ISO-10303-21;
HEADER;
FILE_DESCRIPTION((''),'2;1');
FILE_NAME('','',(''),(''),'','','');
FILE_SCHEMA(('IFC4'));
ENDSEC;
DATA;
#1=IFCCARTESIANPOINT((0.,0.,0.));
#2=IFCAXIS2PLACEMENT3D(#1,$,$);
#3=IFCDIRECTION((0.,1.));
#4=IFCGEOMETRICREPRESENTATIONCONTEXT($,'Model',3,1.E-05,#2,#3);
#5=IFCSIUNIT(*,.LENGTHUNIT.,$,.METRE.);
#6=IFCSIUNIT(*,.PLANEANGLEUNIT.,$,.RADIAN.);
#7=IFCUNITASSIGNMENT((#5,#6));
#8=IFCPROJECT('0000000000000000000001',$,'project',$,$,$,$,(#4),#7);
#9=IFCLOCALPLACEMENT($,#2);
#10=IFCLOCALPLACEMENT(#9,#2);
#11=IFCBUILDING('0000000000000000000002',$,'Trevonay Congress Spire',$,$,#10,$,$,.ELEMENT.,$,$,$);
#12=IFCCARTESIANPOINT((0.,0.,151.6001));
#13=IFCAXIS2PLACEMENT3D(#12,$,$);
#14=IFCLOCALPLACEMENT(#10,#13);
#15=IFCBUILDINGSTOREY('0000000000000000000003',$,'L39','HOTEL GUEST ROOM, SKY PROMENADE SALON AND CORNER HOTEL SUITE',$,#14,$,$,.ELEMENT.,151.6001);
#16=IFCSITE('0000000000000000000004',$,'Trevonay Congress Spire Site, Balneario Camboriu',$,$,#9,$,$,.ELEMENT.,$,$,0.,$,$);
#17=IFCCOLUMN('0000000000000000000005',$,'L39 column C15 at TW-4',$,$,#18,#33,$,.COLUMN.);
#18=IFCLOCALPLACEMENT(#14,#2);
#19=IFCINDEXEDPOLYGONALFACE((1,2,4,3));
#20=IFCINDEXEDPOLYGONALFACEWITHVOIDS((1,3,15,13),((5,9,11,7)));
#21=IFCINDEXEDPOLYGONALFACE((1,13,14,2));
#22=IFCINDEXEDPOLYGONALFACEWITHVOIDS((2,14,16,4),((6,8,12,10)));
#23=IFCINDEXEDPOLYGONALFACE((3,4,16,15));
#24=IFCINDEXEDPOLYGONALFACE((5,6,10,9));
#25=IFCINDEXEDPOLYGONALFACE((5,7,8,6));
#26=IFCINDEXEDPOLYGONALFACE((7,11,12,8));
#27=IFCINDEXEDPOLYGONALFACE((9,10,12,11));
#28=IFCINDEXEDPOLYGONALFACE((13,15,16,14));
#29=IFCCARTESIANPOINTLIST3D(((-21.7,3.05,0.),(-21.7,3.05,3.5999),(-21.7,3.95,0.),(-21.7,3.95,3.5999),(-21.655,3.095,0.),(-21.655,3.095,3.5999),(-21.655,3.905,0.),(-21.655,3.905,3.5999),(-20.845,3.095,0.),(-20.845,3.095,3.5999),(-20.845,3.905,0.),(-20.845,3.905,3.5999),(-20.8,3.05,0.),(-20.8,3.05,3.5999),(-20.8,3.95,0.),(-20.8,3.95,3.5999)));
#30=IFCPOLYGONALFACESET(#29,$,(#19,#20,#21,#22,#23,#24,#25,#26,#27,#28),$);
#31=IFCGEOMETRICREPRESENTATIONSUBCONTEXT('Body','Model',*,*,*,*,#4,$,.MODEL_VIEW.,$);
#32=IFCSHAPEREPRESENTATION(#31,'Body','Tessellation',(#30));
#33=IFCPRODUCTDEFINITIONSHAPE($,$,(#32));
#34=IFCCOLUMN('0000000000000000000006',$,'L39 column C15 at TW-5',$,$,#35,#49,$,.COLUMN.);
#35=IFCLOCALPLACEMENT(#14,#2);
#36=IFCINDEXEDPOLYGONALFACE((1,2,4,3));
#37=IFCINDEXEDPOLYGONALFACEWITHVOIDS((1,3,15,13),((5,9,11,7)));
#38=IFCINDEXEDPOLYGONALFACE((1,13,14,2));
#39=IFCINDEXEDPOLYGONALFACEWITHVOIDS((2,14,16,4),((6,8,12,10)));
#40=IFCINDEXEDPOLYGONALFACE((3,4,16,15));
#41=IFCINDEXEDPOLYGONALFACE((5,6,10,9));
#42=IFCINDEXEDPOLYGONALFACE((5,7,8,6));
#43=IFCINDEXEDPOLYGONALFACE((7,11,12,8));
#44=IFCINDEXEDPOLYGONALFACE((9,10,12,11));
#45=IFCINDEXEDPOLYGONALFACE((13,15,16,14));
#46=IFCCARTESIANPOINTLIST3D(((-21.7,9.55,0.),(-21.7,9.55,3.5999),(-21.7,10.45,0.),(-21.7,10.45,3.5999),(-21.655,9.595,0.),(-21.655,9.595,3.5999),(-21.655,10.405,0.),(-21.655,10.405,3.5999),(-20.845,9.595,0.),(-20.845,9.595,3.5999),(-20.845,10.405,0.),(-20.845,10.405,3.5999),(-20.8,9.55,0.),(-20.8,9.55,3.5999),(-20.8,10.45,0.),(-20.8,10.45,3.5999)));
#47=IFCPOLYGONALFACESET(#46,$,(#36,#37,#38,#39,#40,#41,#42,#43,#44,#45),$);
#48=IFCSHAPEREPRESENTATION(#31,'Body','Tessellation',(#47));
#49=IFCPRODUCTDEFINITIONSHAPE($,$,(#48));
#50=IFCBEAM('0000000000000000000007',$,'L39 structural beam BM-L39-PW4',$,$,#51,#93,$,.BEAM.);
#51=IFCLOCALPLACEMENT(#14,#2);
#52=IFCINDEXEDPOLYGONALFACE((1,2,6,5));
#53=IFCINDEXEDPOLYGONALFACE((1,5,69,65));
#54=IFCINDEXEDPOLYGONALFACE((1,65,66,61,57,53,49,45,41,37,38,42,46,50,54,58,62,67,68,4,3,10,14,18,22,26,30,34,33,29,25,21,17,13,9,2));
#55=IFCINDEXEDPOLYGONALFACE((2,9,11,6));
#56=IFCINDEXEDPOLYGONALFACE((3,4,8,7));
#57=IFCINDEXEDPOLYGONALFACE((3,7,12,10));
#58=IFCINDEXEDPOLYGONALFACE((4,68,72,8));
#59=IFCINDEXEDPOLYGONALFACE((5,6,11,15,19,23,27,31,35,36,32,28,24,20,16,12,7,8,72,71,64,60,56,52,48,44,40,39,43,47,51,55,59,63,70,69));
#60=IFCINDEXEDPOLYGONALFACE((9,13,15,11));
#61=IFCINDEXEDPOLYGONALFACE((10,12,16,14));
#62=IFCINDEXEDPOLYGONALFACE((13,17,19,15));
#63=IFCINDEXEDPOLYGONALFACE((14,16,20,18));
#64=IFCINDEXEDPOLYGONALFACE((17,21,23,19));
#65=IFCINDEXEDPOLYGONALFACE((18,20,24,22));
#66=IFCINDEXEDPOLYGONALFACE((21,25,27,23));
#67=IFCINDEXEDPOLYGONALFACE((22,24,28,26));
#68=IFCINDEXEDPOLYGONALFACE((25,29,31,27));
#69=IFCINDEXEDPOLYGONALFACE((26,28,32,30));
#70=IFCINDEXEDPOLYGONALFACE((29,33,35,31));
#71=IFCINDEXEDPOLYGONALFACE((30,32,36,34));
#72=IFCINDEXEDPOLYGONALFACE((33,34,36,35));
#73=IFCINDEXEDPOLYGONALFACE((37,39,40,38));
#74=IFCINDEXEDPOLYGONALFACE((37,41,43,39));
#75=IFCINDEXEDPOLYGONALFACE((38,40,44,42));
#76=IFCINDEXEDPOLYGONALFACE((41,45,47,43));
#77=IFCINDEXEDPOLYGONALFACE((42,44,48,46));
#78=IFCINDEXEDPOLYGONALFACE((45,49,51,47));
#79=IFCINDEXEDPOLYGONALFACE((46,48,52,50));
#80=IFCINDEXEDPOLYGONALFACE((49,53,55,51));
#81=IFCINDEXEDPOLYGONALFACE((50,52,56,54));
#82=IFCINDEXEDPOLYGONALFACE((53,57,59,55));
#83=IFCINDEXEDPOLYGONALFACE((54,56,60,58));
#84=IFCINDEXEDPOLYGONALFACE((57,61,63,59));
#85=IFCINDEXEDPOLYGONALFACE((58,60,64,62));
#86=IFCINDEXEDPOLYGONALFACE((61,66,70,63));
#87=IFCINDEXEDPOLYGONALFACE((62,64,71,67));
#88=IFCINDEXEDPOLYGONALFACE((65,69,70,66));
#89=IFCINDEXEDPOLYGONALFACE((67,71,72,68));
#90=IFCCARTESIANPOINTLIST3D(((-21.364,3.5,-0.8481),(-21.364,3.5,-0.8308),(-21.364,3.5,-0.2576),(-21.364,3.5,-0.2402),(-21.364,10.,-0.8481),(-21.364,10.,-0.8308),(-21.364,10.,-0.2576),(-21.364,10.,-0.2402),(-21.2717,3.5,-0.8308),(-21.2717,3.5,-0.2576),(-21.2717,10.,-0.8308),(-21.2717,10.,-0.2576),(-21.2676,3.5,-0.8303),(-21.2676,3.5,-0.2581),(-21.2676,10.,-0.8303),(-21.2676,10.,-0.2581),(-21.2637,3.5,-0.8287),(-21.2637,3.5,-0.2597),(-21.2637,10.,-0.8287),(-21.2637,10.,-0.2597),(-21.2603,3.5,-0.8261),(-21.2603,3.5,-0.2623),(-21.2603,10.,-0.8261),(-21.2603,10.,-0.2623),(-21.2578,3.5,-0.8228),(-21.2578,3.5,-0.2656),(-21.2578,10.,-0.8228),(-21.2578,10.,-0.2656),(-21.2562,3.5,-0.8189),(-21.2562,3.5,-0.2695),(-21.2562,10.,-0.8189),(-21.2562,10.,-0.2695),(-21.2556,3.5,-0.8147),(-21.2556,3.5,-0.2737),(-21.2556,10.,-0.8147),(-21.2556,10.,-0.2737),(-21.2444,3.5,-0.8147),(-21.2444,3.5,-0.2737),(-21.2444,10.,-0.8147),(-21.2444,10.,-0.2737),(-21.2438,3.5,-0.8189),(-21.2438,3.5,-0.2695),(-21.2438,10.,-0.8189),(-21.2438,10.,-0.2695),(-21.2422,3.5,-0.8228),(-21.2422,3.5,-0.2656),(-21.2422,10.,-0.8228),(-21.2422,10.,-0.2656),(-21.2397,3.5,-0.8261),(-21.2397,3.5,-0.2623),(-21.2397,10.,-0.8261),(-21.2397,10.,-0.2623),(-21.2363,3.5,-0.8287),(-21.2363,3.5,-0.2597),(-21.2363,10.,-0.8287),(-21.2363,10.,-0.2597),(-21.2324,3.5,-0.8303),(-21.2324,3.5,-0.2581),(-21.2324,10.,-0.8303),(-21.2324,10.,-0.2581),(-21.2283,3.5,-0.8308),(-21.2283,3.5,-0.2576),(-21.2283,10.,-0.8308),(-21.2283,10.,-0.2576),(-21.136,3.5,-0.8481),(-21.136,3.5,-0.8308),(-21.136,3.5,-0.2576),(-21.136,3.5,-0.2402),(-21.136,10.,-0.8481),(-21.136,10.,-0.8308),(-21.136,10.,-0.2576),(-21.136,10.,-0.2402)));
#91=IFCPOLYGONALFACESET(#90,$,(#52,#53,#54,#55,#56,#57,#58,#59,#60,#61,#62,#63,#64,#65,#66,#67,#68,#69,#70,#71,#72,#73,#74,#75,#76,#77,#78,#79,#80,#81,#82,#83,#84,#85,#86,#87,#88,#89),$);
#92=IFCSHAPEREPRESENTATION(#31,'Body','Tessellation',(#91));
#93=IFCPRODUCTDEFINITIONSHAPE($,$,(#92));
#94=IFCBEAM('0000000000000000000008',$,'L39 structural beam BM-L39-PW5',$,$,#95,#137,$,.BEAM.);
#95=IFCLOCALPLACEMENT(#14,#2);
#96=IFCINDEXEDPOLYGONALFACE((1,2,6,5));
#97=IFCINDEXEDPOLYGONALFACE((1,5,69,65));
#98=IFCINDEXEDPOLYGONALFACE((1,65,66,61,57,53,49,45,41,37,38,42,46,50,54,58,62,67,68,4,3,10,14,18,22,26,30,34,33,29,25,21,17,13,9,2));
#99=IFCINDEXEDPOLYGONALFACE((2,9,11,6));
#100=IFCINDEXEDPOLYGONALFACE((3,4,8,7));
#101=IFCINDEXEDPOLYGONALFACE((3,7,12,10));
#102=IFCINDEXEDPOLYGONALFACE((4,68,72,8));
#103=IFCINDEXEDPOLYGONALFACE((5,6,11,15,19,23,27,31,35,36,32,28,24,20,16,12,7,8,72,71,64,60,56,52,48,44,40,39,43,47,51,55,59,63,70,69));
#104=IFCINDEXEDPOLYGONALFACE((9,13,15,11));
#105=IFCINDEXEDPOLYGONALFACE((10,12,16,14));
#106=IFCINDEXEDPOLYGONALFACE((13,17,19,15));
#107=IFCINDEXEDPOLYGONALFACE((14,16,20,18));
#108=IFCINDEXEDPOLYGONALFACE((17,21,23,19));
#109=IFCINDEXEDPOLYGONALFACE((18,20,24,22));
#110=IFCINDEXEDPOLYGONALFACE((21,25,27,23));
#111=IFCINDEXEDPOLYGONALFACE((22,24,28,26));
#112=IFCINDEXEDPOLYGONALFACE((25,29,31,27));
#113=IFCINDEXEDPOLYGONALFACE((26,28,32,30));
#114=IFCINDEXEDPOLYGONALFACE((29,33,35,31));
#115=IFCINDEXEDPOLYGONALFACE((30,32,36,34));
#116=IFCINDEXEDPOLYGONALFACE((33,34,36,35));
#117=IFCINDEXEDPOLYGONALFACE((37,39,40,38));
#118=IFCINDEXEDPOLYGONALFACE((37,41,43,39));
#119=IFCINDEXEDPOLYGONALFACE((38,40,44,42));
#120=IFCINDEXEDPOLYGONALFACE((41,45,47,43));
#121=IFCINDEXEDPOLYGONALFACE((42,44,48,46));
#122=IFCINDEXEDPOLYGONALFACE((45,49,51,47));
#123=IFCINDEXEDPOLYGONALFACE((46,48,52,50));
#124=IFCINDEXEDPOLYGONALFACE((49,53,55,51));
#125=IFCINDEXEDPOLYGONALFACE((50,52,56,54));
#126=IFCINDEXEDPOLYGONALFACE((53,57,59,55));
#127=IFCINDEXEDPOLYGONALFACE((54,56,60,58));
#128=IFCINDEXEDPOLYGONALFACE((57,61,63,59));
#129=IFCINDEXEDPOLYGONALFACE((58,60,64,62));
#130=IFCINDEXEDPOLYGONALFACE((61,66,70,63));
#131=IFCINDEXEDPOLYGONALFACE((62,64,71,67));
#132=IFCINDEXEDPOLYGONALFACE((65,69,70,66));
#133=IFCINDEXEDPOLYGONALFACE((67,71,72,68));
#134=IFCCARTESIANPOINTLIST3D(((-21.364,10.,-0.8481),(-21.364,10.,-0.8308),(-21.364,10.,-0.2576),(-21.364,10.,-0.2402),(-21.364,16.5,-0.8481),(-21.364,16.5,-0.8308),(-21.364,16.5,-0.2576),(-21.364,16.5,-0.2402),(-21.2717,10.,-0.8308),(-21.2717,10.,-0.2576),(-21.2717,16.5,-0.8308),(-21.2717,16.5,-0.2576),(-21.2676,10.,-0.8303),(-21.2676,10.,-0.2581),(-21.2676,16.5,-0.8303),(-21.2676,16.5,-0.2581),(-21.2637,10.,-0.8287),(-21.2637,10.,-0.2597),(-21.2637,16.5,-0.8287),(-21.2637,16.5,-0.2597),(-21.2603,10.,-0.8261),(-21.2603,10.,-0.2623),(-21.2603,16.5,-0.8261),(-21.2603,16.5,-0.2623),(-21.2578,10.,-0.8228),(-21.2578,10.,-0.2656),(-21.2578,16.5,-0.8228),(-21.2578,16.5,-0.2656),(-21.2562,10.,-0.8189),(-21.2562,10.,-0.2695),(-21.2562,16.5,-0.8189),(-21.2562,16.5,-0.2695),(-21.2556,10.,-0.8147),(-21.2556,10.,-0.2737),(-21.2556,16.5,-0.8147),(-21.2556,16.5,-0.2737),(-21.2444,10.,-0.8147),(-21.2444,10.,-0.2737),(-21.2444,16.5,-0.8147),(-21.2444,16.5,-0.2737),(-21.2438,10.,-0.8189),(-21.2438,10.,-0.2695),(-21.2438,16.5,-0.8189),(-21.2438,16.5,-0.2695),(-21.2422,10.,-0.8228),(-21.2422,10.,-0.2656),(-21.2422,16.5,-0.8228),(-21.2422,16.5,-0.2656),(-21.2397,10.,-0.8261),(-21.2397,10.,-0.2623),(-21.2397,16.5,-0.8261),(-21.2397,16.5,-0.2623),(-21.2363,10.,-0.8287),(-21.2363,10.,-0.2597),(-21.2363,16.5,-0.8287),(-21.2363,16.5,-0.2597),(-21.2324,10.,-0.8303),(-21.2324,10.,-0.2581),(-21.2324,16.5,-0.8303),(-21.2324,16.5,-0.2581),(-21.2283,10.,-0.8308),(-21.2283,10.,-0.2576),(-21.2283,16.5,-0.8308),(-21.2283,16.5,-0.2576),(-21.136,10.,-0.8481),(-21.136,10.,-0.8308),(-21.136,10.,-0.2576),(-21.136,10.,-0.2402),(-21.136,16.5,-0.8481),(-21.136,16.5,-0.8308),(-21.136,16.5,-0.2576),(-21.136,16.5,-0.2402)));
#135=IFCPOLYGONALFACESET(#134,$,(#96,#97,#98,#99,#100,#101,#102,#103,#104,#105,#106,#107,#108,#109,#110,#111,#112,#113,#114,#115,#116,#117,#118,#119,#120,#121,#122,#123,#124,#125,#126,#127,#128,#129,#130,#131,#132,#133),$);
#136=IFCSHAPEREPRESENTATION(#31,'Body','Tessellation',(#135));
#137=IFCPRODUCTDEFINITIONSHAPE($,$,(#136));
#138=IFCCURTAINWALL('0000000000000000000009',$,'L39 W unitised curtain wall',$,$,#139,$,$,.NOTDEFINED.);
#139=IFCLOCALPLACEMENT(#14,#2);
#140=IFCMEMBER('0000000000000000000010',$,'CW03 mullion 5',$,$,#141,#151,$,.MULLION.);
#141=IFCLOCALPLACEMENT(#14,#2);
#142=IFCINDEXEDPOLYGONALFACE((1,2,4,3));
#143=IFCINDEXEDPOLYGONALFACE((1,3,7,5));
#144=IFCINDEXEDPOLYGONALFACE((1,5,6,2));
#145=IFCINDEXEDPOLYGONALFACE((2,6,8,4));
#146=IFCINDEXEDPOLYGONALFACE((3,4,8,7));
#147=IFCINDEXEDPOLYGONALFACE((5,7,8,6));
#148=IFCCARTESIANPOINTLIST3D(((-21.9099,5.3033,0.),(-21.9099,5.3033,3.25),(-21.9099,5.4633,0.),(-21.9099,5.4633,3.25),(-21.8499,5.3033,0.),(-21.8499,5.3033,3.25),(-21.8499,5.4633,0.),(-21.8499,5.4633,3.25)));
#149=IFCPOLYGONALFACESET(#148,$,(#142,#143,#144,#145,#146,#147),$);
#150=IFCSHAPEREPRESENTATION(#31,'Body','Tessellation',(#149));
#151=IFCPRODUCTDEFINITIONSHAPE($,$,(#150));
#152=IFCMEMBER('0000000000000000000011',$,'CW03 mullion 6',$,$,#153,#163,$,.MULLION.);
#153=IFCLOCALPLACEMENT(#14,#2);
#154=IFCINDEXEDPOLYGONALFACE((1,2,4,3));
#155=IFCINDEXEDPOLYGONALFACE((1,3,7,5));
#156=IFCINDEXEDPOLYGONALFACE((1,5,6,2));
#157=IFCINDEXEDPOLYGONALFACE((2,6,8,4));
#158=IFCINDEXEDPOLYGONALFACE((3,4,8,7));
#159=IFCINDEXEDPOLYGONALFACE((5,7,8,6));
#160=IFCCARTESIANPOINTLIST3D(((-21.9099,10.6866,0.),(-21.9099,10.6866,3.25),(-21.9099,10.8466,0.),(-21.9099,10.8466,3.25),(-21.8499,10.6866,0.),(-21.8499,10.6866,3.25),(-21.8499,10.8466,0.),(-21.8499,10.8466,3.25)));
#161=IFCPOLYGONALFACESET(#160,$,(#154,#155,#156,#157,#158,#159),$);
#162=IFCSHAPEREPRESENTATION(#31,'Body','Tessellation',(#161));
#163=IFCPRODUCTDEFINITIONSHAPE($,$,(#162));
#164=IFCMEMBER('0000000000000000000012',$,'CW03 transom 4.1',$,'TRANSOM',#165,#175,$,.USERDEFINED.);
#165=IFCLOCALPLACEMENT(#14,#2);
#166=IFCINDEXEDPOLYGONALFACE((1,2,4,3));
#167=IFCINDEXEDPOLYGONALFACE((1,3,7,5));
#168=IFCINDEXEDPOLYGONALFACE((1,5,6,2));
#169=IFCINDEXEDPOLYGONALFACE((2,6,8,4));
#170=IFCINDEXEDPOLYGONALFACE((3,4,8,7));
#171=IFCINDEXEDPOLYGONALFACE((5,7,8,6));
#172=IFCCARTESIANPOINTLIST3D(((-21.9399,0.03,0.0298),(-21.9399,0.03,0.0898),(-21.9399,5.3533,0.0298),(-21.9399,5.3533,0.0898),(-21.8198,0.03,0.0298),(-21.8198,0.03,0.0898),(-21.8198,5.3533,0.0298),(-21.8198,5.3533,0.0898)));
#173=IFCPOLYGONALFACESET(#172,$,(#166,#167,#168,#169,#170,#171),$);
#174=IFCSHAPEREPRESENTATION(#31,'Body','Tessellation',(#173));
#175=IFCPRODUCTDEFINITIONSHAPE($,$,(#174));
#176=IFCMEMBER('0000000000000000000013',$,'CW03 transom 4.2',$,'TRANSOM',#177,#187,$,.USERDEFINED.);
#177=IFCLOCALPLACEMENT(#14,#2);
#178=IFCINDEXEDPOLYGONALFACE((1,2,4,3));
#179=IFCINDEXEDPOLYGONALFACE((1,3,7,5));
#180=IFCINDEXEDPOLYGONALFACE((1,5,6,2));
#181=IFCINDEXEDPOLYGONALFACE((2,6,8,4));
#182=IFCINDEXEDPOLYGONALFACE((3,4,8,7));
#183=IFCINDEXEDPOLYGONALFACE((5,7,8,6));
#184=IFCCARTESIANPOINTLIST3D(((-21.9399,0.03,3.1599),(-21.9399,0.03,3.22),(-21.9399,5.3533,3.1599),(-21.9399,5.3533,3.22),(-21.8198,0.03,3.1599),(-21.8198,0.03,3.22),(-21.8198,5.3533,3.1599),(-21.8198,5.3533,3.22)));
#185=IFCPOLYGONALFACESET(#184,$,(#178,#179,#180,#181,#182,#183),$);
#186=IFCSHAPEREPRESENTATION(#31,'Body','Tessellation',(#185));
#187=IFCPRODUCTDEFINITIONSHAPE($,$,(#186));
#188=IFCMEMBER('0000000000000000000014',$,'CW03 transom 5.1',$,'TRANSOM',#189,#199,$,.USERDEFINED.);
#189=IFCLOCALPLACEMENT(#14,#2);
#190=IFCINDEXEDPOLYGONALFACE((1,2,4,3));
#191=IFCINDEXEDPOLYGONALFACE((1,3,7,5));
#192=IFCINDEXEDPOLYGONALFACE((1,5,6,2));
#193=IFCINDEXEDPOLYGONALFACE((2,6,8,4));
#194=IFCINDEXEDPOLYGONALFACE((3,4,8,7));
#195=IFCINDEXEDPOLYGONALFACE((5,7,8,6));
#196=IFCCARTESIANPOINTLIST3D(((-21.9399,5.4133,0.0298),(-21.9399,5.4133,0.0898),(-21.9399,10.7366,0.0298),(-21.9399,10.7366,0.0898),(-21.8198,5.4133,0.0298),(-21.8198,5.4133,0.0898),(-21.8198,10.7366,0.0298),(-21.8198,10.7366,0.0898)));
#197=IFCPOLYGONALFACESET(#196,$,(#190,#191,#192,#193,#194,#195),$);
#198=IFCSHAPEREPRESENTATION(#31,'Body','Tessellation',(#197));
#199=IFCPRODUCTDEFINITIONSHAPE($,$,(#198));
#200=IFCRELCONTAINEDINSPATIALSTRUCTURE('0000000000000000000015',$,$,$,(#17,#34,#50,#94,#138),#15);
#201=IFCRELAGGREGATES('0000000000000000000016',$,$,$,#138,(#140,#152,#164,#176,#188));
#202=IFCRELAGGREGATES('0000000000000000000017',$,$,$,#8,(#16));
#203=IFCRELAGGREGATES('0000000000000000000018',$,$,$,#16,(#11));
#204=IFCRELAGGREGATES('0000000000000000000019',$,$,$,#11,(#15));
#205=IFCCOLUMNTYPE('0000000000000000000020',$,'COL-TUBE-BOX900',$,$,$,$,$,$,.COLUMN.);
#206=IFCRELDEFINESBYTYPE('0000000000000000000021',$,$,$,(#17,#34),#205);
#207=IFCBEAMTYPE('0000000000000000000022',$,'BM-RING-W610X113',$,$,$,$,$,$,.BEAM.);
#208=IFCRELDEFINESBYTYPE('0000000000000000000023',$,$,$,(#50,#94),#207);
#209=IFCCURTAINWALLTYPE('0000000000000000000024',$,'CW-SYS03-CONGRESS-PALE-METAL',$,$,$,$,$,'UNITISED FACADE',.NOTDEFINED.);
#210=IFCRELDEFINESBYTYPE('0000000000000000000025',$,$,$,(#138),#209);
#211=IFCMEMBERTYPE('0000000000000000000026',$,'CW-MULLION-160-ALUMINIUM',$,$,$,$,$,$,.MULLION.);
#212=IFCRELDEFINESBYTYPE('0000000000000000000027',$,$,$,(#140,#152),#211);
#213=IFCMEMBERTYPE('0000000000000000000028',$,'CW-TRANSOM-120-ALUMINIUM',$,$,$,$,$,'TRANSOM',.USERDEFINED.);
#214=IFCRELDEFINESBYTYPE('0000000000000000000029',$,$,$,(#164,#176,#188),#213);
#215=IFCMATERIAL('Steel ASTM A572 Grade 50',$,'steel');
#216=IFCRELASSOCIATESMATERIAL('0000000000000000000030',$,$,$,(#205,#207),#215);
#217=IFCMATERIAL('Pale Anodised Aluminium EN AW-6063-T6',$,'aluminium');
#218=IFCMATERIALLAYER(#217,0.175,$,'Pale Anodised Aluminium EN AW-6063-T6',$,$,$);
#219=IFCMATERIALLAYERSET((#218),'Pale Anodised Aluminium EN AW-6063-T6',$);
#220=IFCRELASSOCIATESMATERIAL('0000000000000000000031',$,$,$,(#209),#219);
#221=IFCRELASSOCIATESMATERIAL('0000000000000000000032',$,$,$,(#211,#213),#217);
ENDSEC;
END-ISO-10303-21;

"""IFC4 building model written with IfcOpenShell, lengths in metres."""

from ifc_helpers import new_model, si_unit, direction, frame, origin, origin_2d, place, context, subcontext, project, spatial, rectangle, hollow_rectangle, i_section, extrude, material, layer, layer_set, material_profile, profile_set, type_object, element, aggregate, save


model = new_model("IFC4")

# Units and contexts
model_context = context("Model", 3, precision=1e-05, world=origin(), true_north=direction((0.0, 1.0)))
body_context = subcontext(model_context, "Body", "Model", "MODEL_VIEW")
ifc_project = project(units=[si_unit("LENGTHUNIT", "METRE"), si_unit("PLANEANGLEUNIT", "RADIAN")], contexts=[model_context])

# Site, building, storey
site_placement = place(None, origin())
site = spatial("IfcSite", under=ifc_project, at=site_placement, Name="Trevonay Congress Spire Site, Balneario Camboriu", CompositionType="ELEMENT", RefElevation=0.0)
building_placement = place(site_placement, origin())
building = spatial("IfcBuilding", under=site, at=building_placement, Name="Trevonay Congress Spire", CompositionType="ELEMENT")
storey_placement = place(building_placement, frame((0.0, 0.0, 151.6001)))
storey = spatial("IfcBuildingStorey", under=building, at=storey_placement, Name="L39", Description="HOTEL GUEST ROOM, SKY PROMENADE SALON AND CORNER HOTEL SUITE", CompositionType="ELEMENT", Elevation=151.6001)

# Columns
ifc_material_1 = material(Name="Steel ASTM A572 Grade 50", Category="steel")
ifc_material_profile_1 = material_profile(ifc_material_1, hollow_rectangle(XDim=0.8999, YDim=0.8999, WallThickness=0.0449, at=origin_2d()), Name="BOX 900x900x45")
ifc_profile_set_1 = profile_set([ifc_material_profile_1], Name="Steel ASTM A572 Grade 50")
column_type = type_object("IfcColumnType", Name="COL-TUBE-BOX900", PredefinedType="COLUMN", material=ifc_profile_set_1)
for number, where, z_axis, x_axis, name in (
    (1, (-21.25, 3.5, 0.0), (0.0, 0.0, 1.0), (1.0, 0.0, 0.0), "L39 column C15 at TW-4"),
    (2, (-21.25, 10.0, 0.0), (0.0, 0.0, 1.0), (1.0, 0.0, 0.0), "L39 column C15 at TW-5"),
):
    element("IfcColumn", number, at=place(storey_placement, frame(where, z_axis=z_axis, x_axis=x_axis)), inside=storey, type_object=column_type, Name=name, PredefinedType="COLUMN", context=body_context, shape_type="SweptSolid", body=[
        extrude(hollow_rectangle(XDim=0.8999, YDim=0.8999, WallThickness=0.0449, at=origin_2d()), origin(), (0.0, 0.0, 1.0), 3.5999),
    ])

# Beams
ifc_material_profile_2 = material_profile(ifc_material_1, i_section(OverallWidth=0.228, OverallDepth=0.6079, WebThickness=0.0112, FlangeThickness=0.0173, FilletRadius=0.0161, at=origin_2d()), Name="W610x113")
ifc_profile_set_2 = profile_set([ifc_material_profile_2], Name="Steel ASTM A572 Grade 50")
beam_type = type_object("IfcBeamType", Name="BM-RING-W610X113", PredefinedType="BEAM", material=ifc_profile_set_2)
for number, where, z_axis, x_axis, name in (
    (3, (-21.25, 3.5, -0.5442), (0.0, 1.0, 0.0), (-1.0, 0.0, 0.0), "L39 structural beam BM-L39-PW4"),
    (4, (-21.25, 10.0, -0.5442), (0.0, 1.0, 0.0), (-1.0, 0.0, 0.0), "L39 structural beam BM-L39-PW5"),
):
    element("IfcBeam", number, at=place(storey_placement, frame(where, z_axis=z_axis, x_axis=x_axis)), inside=storey, type_object=beam_type, Name=name, PredefinedType="BEAM", context=body_context, shape_type="SweptSolid", body=[
        extrude(i_section(OverallWidth=0.228, OverallDepth=0.6079, WebThickness=0.0112, FlangeThickness=0.0173, FilletRadius=0.0161, at=origin_2d()), origin(), (0.0, 0.0, 1.0), 6.5),
    ])

# Curtain wall, members
ifc_material_2 = material(Name="Pale Anodised Aluminium EN AW-6063-T6", Category="aluminium")
ifc_layer_1 = layer(ifc_material_2, 0.175, Name="Pale Anodised Aluminium EN AW-6063-T6")
ifc_layer_set_1 = layer_set([ifc_layer_1], Name="Pale Anodised Aluminium EN AW-6063-T6")
curtain_wall_type = type_object("IfcCurtainWallType", Name="CW-SYS03-CONGRESS-PALE-METAL", ElementType="UNITISED FACADE", PredefinedType="NOTDEFINED", material=ifc_layer_set_1)
curtain_wall_placement = place(storey_placement, origin())
curtain_wall = element("IfcCurtainWall", 5, at=curtain_wall_placement, inside=storey, type_object=curtain_wall_type, Name="L39 W unitised curtain wall", PredefinedType="NOTDEFINED")
ifc_material_profile_3 = material_profile(ifc_material_2, rectangle(XDim=0.0601, YDim=0.1599, at=origin_2d()), Name="CW-MULLION-160-ALUMINIUM")
ifc_profile_set_3 = profile_set([ifc_material_profile_3], Name="Pale Anodised Aluminium EN AW-6063-T6")
member_type_1 = type_object("IfcMemberType", Name="CW-MULLION-160-ALUMINIUM", PredefinedType="MULLION", material=ifc_profile_set_3)
member_1_placement = place(storey_placement, frame((-21.8799, 5.3833, 0.0), z_axis=(0.0, 0.0, 1.0), x_axis=(-1.0, 0.0, 0.0)))
member_1 = element("IfcMember", 6, at=member_1_placement, type_object=member_type_1, Name="CW03 mullion 5", PredefinedType="MULLION", context=body_context, shape_type="SweptSolid", body=[
    extrude(rectangle(XDim=0.0601, YDim=0.1599, at=origin_2d()), origin(), (0.0, 0.0, 1.0), 3.25),
])
member_2_placement = place(storey_placement, frame((-21.8799, 10.7666, 0.0), z_axis=(0.0, 0.0, 1.0), x_axis=(-1.0, 0.0, 0.0)))
member_2 = element("IfcMember", 7, at=member_2_placement, type_object=member_type_1, Name="CW03 mullion 6", PredefinedType="MULLION", context=body_context, shape_type="SweptSolid", body=[
    extrude(rectangle(XDim=0.0601, YDim=0.1599, at=origin_2d()), origin(), (0.0, 0.0, 1.0), 3.25),
])
ifc_material_profile_4 = material_profile(ifc_material_2, rectangle(XDim=0.1201, YDim=0.0601, at=origin_2d()), Name="CW-TRANSOM-120-ALUMINIUM")
ifc_profile_set_4 = profile_set([ifc_material_profile_4], Name="Pale Anodised Aluminium EN AW-6063-T6")
member_type_2 = type_object("IfcMemberType", Name="CW-TRANSOM-120-ALUMINIUM", ElementType="TRANSOM", PredefinedType="USERDEFINED", material=ifc_profile_set_4)
member_3_placement = place(storey_placement, frame((-21.8799, 0.03, 0.0598), z_axis=(0.0, 1.0, 0.0), x_axis=(-1.0, 0.0, 0.0)))
member_3 = element("IfcMember", 8, at=member_3_placement, type_object=member_type_2, Name="CW03 transom 4.1", ObjectType="TRANSOM", PredefinedType="USERDEFINED", context=body_context, shape_type="SweptSolid", body=[
    extrude(rectangle(XDim=0.1201, YDim=0.0601, at=origin_2d()), origin(), (0.0, 0.0, 1.0), 5.3232),
])
member_4_placement = place(storey_placement, frame((-21.8799, 0.03, 3.1899), z_axis=(0.0, 1.0, 0.0), x_axis=(-1.0, 0.0, 0.0)))
member_4 = element("IfcMember", 9, at=member_4_placement, type_object=member_type_2, Name="CW03 transom 4.2", ObjectType="TRANSOM", PredefinedType="USERDEFINED", context=body_context, shape_type="SweptSolid", body=[
    extrude(rectangle(XDim=0.1201, YDim=0.0601, at=origin_2d()), origin(), (0.0, 0.0, 1.0), 5.3232),
])
member_5_placement = place(storey_placement, frame((-21.8799, 5.4133, 0.0598), z_axis=(0.0, 1.0, 0.0), x_axis=(-1.0, 0.0, 0.0)))
member_5 = element("IfcMember", 10, at=member_5_placement, type_object=member_type_2, Name="CW03 transom 5.1", ObjectType="TRANSOM", PredefinedType="USERDEFINED", context=body_context, shape_type="SweptSolid", body=[
    extrude(rectangle(XDim=0.1201, YDim=0.0601, at=origin_2d()), origin(), (0.0, 0.0, 1.0), 5.3232),
])
aggregate(curtain_wall, [member_1, member_2, member_3, member_4, member_5])

save(model, "model.ifc")
